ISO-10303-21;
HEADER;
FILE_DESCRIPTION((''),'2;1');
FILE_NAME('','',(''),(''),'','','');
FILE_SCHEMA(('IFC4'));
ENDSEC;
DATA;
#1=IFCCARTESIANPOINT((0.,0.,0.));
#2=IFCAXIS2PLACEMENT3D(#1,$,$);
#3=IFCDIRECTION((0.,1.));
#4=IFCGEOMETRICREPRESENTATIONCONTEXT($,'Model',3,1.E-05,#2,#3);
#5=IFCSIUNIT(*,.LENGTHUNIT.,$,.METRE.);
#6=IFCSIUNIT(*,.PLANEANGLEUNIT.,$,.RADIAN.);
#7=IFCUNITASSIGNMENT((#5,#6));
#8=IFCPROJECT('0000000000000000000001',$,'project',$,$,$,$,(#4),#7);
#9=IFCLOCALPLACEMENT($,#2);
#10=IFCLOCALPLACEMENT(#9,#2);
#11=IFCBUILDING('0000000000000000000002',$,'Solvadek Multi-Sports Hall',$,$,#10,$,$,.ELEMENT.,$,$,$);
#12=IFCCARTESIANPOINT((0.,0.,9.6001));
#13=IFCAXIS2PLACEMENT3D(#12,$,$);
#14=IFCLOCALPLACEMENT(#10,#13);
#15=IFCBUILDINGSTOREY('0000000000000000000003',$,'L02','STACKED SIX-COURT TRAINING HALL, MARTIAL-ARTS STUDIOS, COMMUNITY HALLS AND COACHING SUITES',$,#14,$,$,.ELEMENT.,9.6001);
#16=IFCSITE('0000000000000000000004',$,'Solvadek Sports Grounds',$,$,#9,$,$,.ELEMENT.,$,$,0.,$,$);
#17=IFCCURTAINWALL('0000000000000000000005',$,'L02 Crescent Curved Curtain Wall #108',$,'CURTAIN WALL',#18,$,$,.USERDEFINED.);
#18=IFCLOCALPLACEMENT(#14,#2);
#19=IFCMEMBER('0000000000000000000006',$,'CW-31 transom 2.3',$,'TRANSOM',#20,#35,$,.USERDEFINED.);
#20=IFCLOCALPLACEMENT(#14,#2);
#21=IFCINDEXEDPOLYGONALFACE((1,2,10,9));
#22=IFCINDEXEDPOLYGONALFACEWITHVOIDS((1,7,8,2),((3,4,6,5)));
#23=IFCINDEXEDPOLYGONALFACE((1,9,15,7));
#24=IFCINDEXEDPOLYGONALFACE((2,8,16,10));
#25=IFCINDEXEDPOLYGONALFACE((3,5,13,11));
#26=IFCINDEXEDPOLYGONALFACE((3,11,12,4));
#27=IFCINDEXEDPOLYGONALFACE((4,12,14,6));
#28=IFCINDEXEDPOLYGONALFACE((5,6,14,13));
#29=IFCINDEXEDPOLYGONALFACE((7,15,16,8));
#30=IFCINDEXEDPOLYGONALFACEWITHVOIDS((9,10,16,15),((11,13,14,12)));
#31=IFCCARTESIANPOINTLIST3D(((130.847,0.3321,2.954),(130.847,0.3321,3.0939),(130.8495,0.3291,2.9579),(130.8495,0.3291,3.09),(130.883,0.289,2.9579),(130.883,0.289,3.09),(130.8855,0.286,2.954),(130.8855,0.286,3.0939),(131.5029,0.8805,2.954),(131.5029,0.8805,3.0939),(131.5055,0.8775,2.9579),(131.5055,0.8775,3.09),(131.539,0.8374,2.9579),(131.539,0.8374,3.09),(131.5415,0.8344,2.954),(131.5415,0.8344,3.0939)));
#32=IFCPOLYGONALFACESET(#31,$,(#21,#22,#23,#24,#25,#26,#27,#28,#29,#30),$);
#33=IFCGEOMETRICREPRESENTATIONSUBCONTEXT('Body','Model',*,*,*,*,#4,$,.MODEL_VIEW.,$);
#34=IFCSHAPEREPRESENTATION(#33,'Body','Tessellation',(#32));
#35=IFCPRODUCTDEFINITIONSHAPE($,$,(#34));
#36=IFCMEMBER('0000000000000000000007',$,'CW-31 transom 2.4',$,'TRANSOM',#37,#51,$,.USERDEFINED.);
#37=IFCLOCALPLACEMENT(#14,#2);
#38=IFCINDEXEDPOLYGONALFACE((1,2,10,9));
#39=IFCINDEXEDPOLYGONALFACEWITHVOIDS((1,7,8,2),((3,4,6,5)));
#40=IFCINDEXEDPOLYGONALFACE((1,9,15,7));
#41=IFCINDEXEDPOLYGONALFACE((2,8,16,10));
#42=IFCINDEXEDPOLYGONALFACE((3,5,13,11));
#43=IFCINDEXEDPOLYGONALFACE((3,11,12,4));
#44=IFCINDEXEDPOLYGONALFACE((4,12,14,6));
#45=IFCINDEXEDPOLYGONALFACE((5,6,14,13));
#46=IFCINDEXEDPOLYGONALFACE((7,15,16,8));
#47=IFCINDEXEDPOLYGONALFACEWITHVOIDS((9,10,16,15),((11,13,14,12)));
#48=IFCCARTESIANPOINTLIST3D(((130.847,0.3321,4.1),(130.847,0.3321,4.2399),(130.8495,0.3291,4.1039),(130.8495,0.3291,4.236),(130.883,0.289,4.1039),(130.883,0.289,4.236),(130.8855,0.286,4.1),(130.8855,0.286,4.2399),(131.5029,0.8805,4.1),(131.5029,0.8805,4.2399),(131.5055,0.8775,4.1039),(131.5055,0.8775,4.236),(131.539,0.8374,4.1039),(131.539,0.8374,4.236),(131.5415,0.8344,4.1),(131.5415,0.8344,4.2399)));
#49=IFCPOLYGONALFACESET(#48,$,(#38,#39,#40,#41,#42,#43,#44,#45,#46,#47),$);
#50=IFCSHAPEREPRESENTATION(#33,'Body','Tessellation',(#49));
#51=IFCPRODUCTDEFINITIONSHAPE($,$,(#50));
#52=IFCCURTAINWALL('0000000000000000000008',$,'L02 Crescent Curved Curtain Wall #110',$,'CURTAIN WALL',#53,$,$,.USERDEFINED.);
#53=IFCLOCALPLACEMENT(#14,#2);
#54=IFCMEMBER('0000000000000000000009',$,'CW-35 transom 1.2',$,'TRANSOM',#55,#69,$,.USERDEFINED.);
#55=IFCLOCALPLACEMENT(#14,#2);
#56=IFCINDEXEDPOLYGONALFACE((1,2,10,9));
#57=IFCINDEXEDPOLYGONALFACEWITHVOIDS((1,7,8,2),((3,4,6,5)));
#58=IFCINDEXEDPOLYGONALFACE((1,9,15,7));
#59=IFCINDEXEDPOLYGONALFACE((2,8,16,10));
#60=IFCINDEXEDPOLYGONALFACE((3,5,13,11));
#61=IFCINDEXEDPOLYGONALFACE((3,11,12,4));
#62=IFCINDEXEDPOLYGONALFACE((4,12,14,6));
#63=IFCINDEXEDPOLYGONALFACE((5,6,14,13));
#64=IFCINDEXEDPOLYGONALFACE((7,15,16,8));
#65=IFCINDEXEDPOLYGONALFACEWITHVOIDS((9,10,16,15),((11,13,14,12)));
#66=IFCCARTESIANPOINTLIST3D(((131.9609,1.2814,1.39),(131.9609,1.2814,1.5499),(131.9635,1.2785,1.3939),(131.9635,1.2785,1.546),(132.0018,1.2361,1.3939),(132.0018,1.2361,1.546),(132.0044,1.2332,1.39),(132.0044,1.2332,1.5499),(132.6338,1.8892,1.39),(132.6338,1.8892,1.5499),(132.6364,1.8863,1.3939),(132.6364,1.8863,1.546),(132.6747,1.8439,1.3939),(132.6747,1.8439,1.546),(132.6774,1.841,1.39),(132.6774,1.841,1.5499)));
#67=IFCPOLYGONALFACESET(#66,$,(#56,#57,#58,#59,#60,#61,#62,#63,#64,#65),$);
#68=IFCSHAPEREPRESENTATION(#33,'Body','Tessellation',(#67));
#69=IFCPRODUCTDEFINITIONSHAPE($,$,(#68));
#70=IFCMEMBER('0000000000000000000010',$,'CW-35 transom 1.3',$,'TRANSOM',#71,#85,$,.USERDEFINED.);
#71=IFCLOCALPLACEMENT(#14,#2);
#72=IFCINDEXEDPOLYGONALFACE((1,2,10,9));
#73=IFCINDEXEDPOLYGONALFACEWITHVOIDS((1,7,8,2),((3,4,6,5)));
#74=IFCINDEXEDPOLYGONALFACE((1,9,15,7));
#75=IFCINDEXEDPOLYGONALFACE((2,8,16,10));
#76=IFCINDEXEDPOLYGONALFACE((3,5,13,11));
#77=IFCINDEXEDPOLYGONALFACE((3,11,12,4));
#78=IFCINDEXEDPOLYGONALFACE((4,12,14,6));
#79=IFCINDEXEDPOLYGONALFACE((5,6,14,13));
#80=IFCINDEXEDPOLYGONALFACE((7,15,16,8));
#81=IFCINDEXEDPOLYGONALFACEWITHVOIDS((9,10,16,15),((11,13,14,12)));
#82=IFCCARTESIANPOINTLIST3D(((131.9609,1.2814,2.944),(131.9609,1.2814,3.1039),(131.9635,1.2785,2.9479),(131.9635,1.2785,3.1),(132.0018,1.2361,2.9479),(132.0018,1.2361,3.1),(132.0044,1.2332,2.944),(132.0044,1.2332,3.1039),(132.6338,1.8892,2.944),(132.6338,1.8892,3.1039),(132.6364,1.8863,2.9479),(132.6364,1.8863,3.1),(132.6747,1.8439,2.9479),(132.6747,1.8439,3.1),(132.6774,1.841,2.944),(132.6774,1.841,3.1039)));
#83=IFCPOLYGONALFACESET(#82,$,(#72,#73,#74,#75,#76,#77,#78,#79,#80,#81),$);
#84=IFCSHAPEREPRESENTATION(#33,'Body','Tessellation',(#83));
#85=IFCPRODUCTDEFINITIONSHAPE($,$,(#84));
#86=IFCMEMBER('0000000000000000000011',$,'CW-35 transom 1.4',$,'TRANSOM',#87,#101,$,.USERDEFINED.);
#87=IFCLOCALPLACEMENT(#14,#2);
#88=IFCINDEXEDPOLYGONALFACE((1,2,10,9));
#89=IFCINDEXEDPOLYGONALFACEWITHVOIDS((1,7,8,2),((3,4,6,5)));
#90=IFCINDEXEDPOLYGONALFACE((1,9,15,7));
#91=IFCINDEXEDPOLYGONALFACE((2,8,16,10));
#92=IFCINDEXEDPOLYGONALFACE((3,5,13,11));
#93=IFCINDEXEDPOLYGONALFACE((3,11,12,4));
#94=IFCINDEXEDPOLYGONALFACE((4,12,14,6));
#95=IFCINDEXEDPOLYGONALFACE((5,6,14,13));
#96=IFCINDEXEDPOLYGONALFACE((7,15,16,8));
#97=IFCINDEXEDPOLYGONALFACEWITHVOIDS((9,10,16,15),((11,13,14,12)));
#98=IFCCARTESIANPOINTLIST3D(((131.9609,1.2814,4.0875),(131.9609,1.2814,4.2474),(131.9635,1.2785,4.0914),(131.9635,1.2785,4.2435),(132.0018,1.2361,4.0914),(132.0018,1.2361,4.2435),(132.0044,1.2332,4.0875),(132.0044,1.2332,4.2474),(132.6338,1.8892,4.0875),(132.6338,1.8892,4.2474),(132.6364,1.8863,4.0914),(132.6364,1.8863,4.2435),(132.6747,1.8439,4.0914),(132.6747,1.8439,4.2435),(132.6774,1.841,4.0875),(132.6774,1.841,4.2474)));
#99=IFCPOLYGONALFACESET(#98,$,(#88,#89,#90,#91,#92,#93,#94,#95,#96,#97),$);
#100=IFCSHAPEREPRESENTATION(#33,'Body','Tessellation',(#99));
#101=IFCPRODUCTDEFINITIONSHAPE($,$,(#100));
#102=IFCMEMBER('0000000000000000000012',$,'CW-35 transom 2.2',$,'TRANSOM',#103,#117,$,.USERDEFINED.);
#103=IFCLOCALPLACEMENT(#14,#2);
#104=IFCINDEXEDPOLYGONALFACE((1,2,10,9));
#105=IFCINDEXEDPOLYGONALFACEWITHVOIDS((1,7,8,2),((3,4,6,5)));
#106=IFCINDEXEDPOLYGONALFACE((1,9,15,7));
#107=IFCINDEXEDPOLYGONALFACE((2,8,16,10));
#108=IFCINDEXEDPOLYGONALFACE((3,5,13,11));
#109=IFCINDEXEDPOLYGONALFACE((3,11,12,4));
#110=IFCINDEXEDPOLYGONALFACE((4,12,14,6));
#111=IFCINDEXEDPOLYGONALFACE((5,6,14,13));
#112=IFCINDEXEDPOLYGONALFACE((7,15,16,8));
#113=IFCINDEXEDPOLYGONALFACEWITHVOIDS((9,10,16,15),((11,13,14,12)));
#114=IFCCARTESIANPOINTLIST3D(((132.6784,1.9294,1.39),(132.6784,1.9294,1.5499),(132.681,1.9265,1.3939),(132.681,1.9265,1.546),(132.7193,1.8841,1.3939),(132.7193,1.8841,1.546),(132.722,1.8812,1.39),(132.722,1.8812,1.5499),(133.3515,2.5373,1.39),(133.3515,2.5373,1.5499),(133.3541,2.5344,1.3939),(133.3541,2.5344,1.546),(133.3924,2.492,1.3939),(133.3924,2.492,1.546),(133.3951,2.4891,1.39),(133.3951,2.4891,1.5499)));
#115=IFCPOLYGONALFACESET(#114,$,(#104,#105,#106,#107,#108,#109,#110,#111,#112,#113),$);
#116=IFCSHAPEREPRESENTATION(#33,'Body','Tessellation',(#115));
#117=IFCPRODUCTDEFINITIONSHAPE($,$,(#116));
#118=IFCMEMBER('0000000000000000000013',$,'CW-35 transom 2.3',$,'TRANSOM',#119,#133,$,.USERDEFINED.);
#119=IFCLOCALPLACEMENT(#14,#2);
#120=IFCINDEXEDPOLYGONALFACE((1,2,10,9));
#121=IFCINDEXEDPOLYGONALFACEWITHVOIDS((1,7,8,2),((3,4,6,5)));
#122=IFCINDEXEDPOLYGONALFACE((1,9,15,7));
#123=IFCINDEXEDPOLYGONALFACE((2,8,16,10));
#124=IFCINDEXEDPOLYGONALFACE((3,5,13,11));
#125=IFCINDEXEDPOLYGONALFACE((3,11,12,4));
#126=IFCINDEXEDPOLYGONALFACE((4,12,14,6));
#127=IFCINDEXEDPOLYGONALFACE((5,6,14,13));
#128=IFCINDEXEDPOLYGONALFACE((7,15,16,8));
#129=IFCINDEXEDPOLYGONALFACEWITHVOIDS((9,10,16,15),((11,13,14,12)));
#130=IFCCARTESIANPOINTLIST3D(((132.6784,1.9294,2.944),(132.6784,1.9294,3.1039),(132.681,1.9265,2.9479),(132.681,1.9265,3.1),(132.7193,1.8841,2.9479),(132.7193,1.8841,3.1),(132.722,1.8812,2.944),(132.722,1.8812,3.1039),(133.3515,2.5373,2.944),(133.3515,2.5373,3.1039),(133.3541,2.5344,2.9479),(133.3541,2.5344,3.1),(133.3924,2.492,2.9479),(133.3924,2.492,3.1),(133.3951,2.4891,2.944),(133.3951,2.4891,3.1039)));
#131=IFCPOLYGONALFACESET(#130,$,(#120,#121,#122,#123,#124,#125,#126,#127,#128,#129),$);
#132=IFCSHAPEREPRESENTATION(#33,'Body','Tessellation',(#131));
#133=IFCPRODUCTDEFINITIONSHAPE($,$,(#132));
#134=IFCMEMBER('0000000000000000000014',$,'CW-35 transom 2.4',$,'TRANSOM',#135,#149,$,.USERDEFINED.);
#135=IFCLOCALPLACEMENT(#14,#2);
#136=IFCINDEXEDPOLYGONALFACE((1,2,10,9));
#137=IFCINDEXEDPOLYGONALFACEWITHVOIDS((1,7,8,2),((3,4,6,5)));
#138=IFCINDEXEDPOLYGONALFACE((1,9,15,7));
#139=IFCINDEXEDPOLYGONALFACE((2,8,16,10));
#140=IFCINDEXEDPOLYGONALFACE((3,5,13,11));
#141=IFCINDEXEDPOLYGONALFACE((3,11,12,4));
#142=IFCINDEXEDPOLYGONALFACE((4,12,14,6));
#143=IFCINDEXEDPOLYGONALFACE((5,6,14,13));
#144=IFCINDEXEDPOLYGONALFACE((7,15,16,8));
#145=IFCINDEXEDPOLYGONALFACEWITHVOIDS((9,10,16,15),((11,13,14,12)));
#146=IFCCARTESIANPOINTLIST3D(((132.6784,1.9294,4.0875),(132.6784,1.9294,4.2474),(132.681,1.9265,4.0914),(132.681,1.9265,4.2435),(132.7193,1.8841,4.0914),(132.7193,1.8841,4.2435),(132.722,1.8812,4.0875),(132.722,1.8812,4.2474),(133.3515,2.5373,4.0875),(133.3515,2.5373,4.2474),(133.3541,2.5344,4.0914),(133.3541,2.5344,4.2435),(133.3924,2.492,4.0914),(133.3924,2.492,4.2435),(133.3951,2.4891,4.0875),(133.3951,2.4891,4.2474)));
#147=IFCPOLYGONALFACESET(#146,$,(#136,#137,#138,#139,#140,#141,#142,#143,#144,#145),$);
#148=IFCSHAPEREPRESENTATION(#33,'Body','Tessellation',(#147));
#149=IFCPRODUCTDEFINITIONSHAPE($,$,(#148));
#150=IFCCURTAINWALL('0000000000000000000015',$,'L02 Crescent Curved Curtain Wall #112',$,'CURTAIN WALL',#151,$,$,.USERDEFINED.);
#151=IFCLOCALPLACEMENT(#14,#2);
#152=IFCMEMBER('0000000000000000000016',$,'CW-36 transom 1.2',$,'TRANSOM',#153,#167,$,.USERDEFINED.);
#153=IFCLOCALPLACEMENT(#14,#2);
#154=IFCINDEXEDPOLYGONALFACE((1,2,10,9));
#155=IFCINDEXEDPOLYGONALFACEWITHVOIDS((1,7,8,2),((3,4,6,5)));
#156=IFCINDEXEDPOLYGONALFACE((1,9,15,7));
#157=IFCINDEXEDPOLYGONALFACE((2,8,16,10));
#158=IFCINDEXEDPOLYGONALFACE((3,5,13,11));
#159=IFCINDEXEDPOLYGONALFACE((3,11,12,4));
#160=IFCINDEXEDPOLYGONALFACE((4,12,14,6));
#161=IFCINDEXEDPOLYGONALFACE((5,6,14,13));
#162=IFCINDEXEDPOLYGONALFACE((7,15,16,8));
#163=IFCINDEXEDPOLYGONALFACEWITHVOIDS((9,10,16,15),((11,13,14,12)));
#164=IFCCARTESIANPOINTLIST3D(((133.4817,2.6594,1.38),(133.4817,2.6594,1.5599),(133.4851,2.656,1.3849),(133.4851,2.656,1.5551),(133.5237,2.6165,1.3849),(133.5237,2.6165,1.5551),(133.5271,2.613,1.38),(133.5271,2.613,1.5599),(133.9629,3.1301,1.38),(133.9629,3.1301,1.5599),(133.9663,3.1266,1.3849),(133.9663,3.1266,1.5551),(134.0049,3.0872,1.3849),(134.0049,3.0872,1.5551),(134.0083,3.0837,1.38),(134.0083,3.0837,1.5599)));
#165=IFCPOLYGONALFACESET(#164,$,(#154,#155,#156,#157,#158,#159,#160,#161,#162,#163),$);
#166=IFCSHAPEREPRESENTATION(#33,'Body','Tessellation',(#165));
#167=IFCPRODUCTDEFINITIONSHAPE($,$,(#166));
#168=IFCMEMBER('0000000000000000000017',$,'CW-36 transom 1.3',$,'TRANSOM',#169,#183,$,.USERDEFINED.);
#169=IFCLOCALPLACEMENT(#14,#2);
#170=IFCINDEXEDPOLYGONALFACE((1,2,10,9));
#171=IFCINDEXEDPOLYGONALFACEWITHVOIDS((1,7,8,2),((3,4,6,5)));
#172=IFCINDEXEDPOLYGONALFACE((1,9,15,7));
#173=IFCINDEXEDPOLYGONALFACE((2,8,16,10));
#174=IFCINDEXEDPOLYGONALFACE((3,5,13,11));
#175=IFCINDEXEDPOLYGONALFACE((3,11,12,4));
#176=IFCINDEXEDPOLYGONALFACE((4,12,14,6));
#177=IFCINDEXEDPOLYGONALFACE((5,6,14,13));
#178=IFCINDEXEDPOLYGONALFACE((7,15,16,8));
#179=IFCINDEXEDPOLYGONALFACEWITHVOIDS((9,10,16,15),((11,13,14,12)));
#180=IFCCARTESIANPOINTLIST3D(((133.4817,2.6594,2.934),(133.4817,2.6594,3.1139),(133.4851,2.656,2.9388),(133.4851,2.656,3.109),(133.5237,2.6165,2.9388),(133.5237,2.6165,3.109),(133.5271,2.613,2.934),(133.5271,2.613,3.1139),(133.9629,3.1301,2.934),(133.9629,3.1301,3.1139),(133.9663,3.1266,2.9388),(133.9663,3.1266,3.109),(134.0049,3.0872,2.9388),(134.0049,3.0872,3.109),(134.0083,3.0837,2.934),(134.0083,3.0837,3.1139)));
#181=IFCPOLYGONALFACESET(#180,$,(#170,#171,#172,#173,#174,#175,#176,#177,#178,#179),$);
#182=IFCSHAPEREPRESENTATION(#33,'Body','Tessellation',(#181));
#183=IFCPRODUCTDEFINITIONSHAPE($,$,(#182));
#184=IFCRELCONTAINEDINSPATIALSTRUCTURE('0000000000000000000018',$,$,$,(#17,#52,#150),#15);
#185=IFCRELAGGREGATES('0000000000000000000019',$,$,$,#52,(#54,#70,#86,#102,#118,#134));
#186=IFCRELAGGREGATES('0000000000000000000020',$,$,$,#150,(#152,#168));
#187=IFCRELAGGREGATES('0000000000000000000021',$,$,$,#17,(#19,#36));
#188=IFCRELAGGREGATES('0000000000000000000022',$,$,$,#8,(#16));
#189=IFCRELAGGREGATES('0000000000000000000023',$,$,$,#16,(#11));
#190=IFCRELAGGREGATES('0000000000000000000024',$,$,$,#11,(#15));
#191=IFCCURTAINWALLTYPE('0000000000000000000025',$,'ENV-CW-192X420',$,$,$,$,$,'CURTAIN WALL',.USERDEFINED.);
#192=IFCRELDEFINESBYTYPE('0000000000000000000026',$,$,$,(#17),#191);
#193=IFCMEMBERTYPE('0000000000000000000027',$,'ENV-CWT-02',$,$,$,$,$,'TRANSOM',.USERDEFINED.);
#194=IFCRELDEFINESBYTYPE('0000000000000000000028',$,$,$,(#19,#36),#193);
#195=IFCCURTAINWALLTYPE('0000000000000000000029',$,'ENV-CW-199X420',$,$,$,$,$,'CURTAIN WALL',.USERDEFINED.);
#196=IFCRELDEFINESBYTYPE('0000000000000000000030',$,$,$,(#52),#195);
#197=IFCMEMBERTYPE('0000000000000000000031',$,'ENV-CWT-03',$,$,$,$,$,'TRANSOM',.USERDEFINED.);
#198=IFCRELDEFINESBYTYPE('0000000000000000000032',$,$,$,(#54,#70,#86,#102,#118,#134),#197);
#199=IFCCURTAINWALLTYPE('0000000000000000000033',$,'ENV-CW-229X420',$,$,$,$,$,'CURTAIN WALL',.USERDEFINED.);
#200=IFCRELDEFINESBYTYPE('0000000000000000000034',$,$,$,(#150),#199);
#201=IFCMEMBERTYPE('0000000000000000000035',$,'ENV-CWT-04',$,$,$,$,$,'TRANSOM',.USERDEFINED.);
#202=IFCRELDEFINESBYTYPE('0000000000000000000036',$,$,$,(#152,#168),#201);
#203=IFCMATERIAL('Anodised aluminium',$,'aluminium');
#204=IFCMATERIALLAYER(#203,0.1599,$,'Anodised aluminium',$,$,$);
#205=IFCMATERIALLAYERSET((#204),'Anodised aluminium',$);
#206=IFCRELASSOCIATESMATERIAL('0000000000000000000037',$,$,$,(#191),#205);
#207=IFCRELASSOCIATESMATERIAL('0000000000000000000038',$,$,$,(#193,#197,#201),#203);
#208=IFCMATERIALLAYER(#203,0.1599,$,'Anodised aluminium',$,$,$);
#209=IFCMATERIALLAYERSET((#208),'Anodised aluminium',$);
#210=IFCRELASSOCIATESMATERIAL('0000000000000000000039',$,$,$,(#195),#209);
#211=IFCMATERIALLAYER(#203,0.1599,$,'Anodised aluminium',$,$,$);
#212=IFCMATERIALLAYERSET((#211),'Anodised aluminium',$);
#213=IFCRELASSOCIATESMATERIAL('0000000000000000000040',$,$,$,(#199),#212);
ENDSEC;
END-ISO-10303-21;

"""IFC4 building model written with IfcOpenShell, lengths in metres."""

from ifc_helpers import new_model, si_unit, direction, frame, origin, origin_2d, place, context, subcontext, project, spatial, hollow_rectangle, extrude, material, layer, layer_set, material_profile, profile_set, type_object, element, aggregate, save


model = new_model("IFC4")

# Units and contexts
model_context = context("Model", 3, precision=1e-05, world=origin(), true_north=direction((0.0, 1.0)))
body_context = subcontext(model_context, "Body", "Model", "MODEL_VIEW")
ifc_project = project(units=[si_unit("LENGTHUNIT", "METRE"), si_unit("PLANEANGLEUNIT", "RADIAN")], contexts=[model_context])

# Site, building, storey
site_placement = place(None, origin())
site = spatial("IfcSite", under=ifc_project, at=site_placement, Name="Solvadek Sports Grounds", CompositionType="ELEMENT", RefElevation=0.0)
building_placement = place(site_placement, origin())
building = spatial("IfcBuilding", under=site, at=building_placement, Name="Solvadek Multi-Sports Hall", CompositionType="ELEMENT")
storey_placement = place(building_placement, frame((0.0, 0.0, 9.6001)))
storey = spatial("IfcBuildingStorey", under=building, at=storey_placement, Name="L02", Description="STACKED SIX-COURT TRAINING HALL, MARTIAL-ARTS STUDIOS, COMMUNITY HALLS AND COACHING SUITES", CompositionType="ELEMENT", Elevation=9.6001)

# Curtain walls, members
ifc_material_1 = material(Name="Anodised aluminium", Category="aluminium")
ifc_layer_1 = layer(ifc_material_1, 0.1599, Name="Anodised aluminium")
ifc_layer_set_1 = layer_set([ifc_layer_1], Name="Anodised aluminium")
curtain_wall_type_1 = type_object("IfcCurtainWallType", Name="ENV-CW-192X420", ElementType="CURTAIN WALL", PredefinedType="USERDEFINED", material=ifc_layer_set_1)
curtain_wall_1_placement = place(storey_placement, origin())
curtain_wall_1 = element("IfcCurtainWall", 1, at=curtain_wall_1_placement, inside=storey, type_object=curtain_wall_type_1, Name="L02 Crescent Curved Curtain Wall #108", ObjectType="CURTAIN WALL", PredefinedType="USERDEFINED")
ifc_material_profile_1 = material_profile(ifc_material_1, hollow_rectangle(XDim=0.0601, YDim=0.1399, WallThickness=0.0039, at=origin_2d()), Name="ALU-T 140x60x4")
ifc_profile_set_1 = profile_set([ifc_material_profile_1], Name="Anodised aluminium")
member_type_1 = type_object("IfcMemberType", Name="ENV-CWT-02", ElementType="TRANSOM", PredefinedType="USERDEFINED", material=ifc_profile_set_1)
member_1_placement = place(storey_placement, frame((130.8662, 0.3091, 3.0239), z_axis=(0.767261, 0.641335, 0.0), x_axis=(-0.641335, 0.767261, 0.0)))
member_1 = element("IfcMember", 2, at=member_1_placement, type_object=member_type_1, Name="CW-31 transom 2.3", ObjectType="TRANSOM", PredefinedType="USERDEFINED", context=body_context, shape_type="SweptSolid", body=[
    extrude(hollow_rectangle(XDim=0.0601, YDim=0.1399, WallThickness=0.0039, at=origin_2d()), origin(), (0.0, 0.0, 1.0), 0.855),
])
member_2_placement = place(storey_placement, frame((130.8662, 0.3091, 4.1699), z_axis=(0.767261, 0.641335, 0.0), x_axis=(-0.641335, 0.767261, 0.0)))
member_2 = element("IfcMember", 3, at=member_2_placement, type_object=member_type_1, Name="CW-31 transom 2.4", ObjectType="TRANSOM", PredefinedType="USERDEFINED", context=body_context, shape_type="SweptSolid", body=[
    extrude(hollow_rectangle(XDim=0.0601, YDim=0.1399, WallThickness=0.0039, at=origin_2d()), origin(), (0.0, 0.0, 1.0), 0.855),
])
ifc_layer_2 = layer(ifc_material_1, 0.1599, Name="Anodised aluminium")
ifc_layer_set_2 = layer_set([ifc_layer_2], Name="Anodised aluminium")
curtain_wall_type_2 = type_object("IfcCurtainWallType", Name="ENV-CW-199X420", ElementType="CURTAIN WALL", PredefinedType="USERDEFINED", material=ifc_layer_set_2)
curtain_wall_2_placement = place(storey_placement, origin())
curtain_wall_2 = element("IfcCurtainWall", 4, at=curtain_wall_2_placement, inside=storey, type_object=curtain_wall_type_2, Name="L02 Crescent Curved Curtain Wall #110", ObjectType="CURTAIN WALL", PredefinedType="USERDEFINED")
ifc_material_profile_2 = material_profile(ifc_material_1, hollow_rectangle(XDim=0.0649, YDim=0.1599, WallThickness=0.0039, at=origin_2d()), Name="ALU-T 160x65x4")
ifc_profile_set_2 = profile_set([ifc_material_profile_2], Name="Anodised aluminium")
member_type_2 = type_object("IfcMemberType", Name="ENV-CWT-03", ElementType="TRANSOM", PredefinedType="USERDEFINED", material=ifc_profile_set_2)
member_3_placement = place(storey_placement, frame((131.9827, 1.2573, 1.47), z_axis=(0.742142, 0.670243, 0.0), x_axis=(-0.670243, 0.742142, 0.0)))
member_3 = element("IfcMember", 5, at=member_3_placement, type_object=member_type_2, Name="CW-35 transom 1.2", ObjectType="TRANSOM", PredefinedType="USERDEFINED", context=body_context, shape_type="SweptSolid", body=[
    extrude(hollow_rectangle(XDim=0.0649, YDim=0.1599, WallThickness=0.0039, at=origin_2d()), origin(), (0.0, 0.0, 1.0), 0.9067),
])
member_4_placement = place(storey_placement, frame((131.9827, 1.2573, 3.0239), z_axis=(0.742142, 0.670243, 0.0), x_axis=(-0.670243, 0.742142, 0.0)))
member_4 = element("IfcMember", 6, at=member_4_placement, type_object=member_type_2, Name="CW-35 transom 1.3", ObjectType="TRANSOM", PredefinedType="USERDEFINED", context=body_context, shape_type="SweptSolid", body=[
    extrude(hollow_rectangle(XDim=0.0649, YDim=0.1599, WallThickness=0.0039, at=origin_2d()), origin(), (0.0, 0.0, 1.0), 0.9067),
])
member_5_placement = place(storey_placement, frame((131.9827, 1.2573, 4.1675), z_axis=(0.742142, 0.670243, 0.0), x_axis=(-0.670243, 0.742142, 0.0)))
member_5 = element("IfcMember", 7, at=member_5_placement, type_object=member_type_2, Name="CW-35 transom 1.4", ObjectType="TRANSOM", PredefinedType="USERDEFINED", context=body_context, shape_type="SweptSolid", body=[
    extrude(hollow_rectangle(XDim=0.0649, YDim=0.1599, WallThickness=0.0039, at=origin_2d()), origin(), (0.0, 0.0, 1.0), 0.9067),
])
member_6_placement = place(storey_placement, frame((132.7002, 1.9053, 1.47), z_axis=(0.742129, 0.670258, 0.0), x_axis=(-0.670258, 0.742129, 0.0)))
member_6 = element("IfcMember", 8, at=member_6_placement, type_object=member_type_2, Name="CW-35 transom 2.2", ObjectType="TRANSOM", PredefinedType="USERDEFINED", context=body_context, shape_type="SweptSolid", body=[
    extrude(hollow_rectangle(XDim=0.0649, YDim=0.1599, WallThickness=0.0039, at=origin_2d()), origin(), (0.0, 0.0, 1.0), 0.907),
])
member_7_placement = place(storey_placement, frame((132.7002, 1.9053, 3.0239), z_axis=(0.742129, 0.670258, 0.0), x_axis=(-0.670258, 0.742129, 0.0)))
member_7 = element("IfcMember", 9, at=member_7_placement, type_object=member_type_2, Name="CW-35 transom 2.3", ObjectType="TRANSOM", PredefinedType="USERDEFINED", context=body_context, shape_type="SweptSolid", body=[
    extrude(hollow_rectangle(XDim=0.0649, YDim=0.1599, WallThickness=0.0039, at=origin_2d()), origin(), (0.0, 0.0, 1.0), 0.907),
])
member_8_placement = place(storey_placement, frame((132.7002, 1.9053, 4.1675), z_axis=(0.742129, 0.670258, 0.0), x_axis=(-0.670258, 0.742129, 0.0)))
member_8 = element("IfcMember", 10, at=member_8_placement, type_object=member_type_2, Name="CW-35 transom 2.4", ObjectType="TRANSOM", PredefinedType="USERDEFINED", context=body_context, shape_type="SweptSolid", body=[
    extrude(hollow_rectangle(XDim=0.0649, YDim=0.1599, WallThickness=0.0039, at=origin_2d()), origin(), (0.0, 0.0, 1.0), 0.907),
])
ifc_layer_3 = layer(ifc_material_1, 0.1599, Name="Anodised aluminium")
ifc_layer_set_3 = layer_set([ifc_layer_3], Name="Anodised aluminium")
curtain_wall_type_3 = type_object("IfcCurtainWallType", Name="ENV-CW-229X420", ElementType="CURTAIN WALL", PredefinedType="USERDEFINED", material=ifc_layer_set_3)
curtain_wall_3_placement = place(storey_placement, origin())
curtain_wall_3 = element("IfcCurtainWall", 11, at=curtain_wall_3_placement, inside=storey, type_object=curtain_wall_type_3, Name="L02 Crescent Curved Curtain Wall #112", ObjectType="CURTAIN WALL", PredefinedType="USERDEFINED")
ifc_material_profile_3 = material_profile(ifc_material_1, hollow_rectangle(XDim=0.0649, YDim=0.1799, WallThickness=0.0049, at=origin_2d()), Name="ALU-T 180x65x5")
ifc_profile_set_3 = profile_set([ifc_material_profile_3], Name="Anodised aluminium")
member_type_3 = type_object("IfcMemberType", Name="ENV-CWT-04", ElementType="TRANSOM", PredefinedType="USERDEFINED", material=ifc_profile_set_3)
member_9_placement = place(storey_placement, frame((133.5044, 2.6362, 1.47), z_axis=(0.714862, 0.699266, 0.0), x_axis=(-0.699266, 0.714862, 0.0)))
member_9 = element("IfcMember", 12, at=member_9_placement, type_object=member_type_3, Name="CW-36 transom 1.2", ObjectType="TRANSOM", PredefinedType="USERDEFINED", context=body_context, shape_type="SweptSolid", body=[
    extrude(hollow_rectangle(XDim=0.0649, YDim=0.1799, WallThickness=0.0049, at=origin_2d()), origin(), (0.0, 0.0, 1.0), 0.6731),
])
member_10_placement = place(storey_placement, frame((133.5044, 2.6362, 3.0239), z_axis=(0.714862, 0.699266, 0.0), x_axis=(-0.699266, 0.714862, 0.0)))
member_10 = element("IfcMember", 13, at=member_10_placement, type_object=member_type_3, Name="CW-36 transom 1.3", ObjectType="TRANSOM", PredefinedType="USERDEFINED", context=body_context, shape_type="SweptSolid", body=[
    extrude(hollow_rectangle(XDim=0.0649, YDim=0.1799, WallThickness=0.0049, at=origin_2d()), origin(), (0.0, 0.0, 1.0), 0.6731),
])

aggregate(curtain_wall_2, [member_3, member_4, member_5, member_6, member_7, member_8])
aggregate(curtain_wall_3, [member_9, member_10])
aggregate(curtain_wall_1, [member_1, member_2])

save(model, "model.ifc")
